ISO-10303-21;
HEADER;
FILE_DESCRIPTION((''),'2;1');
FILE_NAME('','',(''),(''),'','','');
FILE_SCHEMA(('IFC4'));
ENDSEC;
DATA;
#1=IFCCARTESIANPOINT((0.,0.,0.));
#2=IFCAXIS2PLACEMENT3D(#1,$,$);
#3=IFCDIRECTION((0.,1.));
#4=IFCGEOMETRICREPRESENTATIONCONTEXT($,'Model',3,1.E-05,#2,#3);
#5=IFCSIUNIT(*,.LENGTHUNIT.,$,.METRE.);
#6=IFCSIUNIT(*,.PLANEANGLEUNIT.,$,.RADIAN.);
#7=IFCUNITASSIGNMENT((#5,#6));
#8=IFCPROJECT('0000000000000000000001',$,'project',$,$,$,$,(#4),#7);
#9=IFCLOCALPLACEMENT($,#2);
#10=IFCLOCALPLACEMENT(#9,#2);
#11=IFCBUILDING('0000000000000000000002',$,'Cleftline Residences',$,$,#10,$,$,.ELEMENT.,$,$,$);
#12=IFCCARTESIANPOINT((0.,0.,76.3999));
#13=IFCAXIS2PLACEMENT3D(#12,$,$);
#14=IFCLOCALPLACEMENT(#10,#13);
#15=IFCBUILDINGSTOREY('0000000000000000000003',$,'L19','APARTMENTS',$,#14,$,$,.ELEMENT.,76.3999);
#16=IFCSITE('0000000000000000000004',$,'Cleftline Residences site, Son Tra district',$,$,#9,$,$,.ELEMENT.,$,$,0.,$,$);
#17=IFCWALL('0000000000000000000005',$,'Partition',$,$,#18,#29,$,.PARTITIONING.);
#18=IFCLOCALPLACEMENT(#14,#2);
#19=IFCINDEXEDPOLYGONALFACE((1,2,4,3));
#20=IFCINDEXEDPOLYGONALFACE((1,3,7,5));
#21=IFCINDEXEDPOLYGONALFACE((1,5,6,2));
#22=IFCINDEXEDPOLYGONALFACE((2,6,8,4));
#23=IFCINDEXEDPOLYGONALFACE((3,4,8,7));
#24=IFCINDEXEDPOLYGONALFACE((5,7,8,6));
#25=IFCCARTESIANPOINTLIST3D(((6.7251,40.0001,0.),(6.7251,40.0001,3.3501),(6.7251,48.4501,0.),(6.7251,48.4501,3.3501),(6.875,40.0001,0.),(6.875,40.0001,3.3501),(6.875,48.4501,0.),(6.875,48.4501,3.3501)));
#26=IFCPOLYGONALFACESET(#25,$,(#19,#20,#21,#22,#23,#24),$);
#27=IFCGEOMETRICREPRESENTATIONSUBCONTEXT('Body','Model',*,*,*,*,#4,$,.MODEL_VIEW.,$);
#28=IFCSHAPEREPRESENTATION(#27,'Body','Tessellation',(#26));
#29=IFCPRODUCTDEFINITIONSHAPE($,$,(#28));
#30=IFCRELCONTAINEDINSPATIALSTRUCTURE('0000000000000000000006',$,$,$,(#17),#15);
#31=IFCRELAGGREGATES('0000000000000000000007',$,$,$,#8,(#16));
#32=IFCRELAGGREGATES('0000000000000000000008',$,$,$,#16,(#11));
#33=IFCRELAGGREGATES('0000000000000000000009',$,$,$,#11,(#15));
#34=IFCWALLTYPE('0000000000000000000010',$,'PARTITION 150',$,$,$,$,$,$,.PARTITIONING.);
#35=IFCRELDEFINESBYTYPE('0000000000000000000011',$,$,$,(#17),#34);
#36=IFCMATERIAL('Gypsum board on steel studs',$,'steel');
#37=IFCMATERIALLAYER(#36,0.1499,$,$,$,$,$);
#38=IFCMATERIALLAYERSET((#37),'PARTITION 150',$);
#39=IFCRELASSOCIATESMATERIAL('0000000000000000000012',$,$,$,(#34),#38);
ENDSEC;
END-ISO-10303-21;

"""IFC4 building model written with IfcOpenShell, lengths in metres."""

from ifc_helpers import new_model, si_unit, direction, frame, frame_2d, origin, place, context, subcontext, project, spatial, rectangle, extrude, material, layer, layer_set, type_object, element, save


model = new_model("IFC4")

# Units and contexts
model_context = context("Model", 3, precision=1e-05, world=origin(), true_north=direction((0.0, 1.0)))
body_context = subcontext(model_context, "Body", "Model", "MODEL_VIEW")
ifc_project = project(units=[si_unit("LENGTHUNIT", "METRE"), si_unit("PLANEANGLEUNIT", "RADIAN")], contexts=[model_context])

# Site, building, storey
site_placement = place(None, origin())
site = spatial("IfcSite", under=ifc_project, at=site_placement, Name="Cleftline Residences site, Son Tra district", CompositionType="ELEMENT", RefElevation=0.0)
building_placement = place(site_placement, origin())
building = spatial("IfcBuilding", under=site, at=building_placement, Name="Cleftline Residences", CompositionType="ELEMENT")
storey_placement = place(building_placement, frame((0.0, 0.0, 76.3999)))
storey = spatial("IfcBuildingStorey", under=building, at=storey_placement, Name="L19", Description="APARTMENTS", CompositionType="ELEMENT", Elevation=76.3999)

# Shared definitions
ifc_material_1 = material(Name="Gypsum board on steel studs", Category="steel")
ifc_layer = layer(ifc_material_1, 0.1499)
ifc_layer_set = layer_set([ifc_layer], Name="PARTITION 150")
wall_type = type_object("IfcWallType", Name="PARTITION 150", PredefinedType="PARTITIONING", material=ifc_layer_set)

# Wall
wall_1_placement = place(storey_placement, frame((6.8, 40.0, 0.0), z_axis=(0.0, 0.0, 1.0), x_axis=(0.0, 1.0, 0.0)))
element("IfcWall", 1, at=wall_1_placement, inside=storey, type_object=wall_type, Name="Partition", PredefinedType="PARTITIONING", context=body_context, shape_type="SweptSolid", body=[
    extrude(rectangle(XDim=8.45, YDim=0.1499, at=frame_2d((4.2251, 0.0))), origin(), (0.0, 0.0, 1.0), 3.3501),
])

save(model, "model.ifc")
